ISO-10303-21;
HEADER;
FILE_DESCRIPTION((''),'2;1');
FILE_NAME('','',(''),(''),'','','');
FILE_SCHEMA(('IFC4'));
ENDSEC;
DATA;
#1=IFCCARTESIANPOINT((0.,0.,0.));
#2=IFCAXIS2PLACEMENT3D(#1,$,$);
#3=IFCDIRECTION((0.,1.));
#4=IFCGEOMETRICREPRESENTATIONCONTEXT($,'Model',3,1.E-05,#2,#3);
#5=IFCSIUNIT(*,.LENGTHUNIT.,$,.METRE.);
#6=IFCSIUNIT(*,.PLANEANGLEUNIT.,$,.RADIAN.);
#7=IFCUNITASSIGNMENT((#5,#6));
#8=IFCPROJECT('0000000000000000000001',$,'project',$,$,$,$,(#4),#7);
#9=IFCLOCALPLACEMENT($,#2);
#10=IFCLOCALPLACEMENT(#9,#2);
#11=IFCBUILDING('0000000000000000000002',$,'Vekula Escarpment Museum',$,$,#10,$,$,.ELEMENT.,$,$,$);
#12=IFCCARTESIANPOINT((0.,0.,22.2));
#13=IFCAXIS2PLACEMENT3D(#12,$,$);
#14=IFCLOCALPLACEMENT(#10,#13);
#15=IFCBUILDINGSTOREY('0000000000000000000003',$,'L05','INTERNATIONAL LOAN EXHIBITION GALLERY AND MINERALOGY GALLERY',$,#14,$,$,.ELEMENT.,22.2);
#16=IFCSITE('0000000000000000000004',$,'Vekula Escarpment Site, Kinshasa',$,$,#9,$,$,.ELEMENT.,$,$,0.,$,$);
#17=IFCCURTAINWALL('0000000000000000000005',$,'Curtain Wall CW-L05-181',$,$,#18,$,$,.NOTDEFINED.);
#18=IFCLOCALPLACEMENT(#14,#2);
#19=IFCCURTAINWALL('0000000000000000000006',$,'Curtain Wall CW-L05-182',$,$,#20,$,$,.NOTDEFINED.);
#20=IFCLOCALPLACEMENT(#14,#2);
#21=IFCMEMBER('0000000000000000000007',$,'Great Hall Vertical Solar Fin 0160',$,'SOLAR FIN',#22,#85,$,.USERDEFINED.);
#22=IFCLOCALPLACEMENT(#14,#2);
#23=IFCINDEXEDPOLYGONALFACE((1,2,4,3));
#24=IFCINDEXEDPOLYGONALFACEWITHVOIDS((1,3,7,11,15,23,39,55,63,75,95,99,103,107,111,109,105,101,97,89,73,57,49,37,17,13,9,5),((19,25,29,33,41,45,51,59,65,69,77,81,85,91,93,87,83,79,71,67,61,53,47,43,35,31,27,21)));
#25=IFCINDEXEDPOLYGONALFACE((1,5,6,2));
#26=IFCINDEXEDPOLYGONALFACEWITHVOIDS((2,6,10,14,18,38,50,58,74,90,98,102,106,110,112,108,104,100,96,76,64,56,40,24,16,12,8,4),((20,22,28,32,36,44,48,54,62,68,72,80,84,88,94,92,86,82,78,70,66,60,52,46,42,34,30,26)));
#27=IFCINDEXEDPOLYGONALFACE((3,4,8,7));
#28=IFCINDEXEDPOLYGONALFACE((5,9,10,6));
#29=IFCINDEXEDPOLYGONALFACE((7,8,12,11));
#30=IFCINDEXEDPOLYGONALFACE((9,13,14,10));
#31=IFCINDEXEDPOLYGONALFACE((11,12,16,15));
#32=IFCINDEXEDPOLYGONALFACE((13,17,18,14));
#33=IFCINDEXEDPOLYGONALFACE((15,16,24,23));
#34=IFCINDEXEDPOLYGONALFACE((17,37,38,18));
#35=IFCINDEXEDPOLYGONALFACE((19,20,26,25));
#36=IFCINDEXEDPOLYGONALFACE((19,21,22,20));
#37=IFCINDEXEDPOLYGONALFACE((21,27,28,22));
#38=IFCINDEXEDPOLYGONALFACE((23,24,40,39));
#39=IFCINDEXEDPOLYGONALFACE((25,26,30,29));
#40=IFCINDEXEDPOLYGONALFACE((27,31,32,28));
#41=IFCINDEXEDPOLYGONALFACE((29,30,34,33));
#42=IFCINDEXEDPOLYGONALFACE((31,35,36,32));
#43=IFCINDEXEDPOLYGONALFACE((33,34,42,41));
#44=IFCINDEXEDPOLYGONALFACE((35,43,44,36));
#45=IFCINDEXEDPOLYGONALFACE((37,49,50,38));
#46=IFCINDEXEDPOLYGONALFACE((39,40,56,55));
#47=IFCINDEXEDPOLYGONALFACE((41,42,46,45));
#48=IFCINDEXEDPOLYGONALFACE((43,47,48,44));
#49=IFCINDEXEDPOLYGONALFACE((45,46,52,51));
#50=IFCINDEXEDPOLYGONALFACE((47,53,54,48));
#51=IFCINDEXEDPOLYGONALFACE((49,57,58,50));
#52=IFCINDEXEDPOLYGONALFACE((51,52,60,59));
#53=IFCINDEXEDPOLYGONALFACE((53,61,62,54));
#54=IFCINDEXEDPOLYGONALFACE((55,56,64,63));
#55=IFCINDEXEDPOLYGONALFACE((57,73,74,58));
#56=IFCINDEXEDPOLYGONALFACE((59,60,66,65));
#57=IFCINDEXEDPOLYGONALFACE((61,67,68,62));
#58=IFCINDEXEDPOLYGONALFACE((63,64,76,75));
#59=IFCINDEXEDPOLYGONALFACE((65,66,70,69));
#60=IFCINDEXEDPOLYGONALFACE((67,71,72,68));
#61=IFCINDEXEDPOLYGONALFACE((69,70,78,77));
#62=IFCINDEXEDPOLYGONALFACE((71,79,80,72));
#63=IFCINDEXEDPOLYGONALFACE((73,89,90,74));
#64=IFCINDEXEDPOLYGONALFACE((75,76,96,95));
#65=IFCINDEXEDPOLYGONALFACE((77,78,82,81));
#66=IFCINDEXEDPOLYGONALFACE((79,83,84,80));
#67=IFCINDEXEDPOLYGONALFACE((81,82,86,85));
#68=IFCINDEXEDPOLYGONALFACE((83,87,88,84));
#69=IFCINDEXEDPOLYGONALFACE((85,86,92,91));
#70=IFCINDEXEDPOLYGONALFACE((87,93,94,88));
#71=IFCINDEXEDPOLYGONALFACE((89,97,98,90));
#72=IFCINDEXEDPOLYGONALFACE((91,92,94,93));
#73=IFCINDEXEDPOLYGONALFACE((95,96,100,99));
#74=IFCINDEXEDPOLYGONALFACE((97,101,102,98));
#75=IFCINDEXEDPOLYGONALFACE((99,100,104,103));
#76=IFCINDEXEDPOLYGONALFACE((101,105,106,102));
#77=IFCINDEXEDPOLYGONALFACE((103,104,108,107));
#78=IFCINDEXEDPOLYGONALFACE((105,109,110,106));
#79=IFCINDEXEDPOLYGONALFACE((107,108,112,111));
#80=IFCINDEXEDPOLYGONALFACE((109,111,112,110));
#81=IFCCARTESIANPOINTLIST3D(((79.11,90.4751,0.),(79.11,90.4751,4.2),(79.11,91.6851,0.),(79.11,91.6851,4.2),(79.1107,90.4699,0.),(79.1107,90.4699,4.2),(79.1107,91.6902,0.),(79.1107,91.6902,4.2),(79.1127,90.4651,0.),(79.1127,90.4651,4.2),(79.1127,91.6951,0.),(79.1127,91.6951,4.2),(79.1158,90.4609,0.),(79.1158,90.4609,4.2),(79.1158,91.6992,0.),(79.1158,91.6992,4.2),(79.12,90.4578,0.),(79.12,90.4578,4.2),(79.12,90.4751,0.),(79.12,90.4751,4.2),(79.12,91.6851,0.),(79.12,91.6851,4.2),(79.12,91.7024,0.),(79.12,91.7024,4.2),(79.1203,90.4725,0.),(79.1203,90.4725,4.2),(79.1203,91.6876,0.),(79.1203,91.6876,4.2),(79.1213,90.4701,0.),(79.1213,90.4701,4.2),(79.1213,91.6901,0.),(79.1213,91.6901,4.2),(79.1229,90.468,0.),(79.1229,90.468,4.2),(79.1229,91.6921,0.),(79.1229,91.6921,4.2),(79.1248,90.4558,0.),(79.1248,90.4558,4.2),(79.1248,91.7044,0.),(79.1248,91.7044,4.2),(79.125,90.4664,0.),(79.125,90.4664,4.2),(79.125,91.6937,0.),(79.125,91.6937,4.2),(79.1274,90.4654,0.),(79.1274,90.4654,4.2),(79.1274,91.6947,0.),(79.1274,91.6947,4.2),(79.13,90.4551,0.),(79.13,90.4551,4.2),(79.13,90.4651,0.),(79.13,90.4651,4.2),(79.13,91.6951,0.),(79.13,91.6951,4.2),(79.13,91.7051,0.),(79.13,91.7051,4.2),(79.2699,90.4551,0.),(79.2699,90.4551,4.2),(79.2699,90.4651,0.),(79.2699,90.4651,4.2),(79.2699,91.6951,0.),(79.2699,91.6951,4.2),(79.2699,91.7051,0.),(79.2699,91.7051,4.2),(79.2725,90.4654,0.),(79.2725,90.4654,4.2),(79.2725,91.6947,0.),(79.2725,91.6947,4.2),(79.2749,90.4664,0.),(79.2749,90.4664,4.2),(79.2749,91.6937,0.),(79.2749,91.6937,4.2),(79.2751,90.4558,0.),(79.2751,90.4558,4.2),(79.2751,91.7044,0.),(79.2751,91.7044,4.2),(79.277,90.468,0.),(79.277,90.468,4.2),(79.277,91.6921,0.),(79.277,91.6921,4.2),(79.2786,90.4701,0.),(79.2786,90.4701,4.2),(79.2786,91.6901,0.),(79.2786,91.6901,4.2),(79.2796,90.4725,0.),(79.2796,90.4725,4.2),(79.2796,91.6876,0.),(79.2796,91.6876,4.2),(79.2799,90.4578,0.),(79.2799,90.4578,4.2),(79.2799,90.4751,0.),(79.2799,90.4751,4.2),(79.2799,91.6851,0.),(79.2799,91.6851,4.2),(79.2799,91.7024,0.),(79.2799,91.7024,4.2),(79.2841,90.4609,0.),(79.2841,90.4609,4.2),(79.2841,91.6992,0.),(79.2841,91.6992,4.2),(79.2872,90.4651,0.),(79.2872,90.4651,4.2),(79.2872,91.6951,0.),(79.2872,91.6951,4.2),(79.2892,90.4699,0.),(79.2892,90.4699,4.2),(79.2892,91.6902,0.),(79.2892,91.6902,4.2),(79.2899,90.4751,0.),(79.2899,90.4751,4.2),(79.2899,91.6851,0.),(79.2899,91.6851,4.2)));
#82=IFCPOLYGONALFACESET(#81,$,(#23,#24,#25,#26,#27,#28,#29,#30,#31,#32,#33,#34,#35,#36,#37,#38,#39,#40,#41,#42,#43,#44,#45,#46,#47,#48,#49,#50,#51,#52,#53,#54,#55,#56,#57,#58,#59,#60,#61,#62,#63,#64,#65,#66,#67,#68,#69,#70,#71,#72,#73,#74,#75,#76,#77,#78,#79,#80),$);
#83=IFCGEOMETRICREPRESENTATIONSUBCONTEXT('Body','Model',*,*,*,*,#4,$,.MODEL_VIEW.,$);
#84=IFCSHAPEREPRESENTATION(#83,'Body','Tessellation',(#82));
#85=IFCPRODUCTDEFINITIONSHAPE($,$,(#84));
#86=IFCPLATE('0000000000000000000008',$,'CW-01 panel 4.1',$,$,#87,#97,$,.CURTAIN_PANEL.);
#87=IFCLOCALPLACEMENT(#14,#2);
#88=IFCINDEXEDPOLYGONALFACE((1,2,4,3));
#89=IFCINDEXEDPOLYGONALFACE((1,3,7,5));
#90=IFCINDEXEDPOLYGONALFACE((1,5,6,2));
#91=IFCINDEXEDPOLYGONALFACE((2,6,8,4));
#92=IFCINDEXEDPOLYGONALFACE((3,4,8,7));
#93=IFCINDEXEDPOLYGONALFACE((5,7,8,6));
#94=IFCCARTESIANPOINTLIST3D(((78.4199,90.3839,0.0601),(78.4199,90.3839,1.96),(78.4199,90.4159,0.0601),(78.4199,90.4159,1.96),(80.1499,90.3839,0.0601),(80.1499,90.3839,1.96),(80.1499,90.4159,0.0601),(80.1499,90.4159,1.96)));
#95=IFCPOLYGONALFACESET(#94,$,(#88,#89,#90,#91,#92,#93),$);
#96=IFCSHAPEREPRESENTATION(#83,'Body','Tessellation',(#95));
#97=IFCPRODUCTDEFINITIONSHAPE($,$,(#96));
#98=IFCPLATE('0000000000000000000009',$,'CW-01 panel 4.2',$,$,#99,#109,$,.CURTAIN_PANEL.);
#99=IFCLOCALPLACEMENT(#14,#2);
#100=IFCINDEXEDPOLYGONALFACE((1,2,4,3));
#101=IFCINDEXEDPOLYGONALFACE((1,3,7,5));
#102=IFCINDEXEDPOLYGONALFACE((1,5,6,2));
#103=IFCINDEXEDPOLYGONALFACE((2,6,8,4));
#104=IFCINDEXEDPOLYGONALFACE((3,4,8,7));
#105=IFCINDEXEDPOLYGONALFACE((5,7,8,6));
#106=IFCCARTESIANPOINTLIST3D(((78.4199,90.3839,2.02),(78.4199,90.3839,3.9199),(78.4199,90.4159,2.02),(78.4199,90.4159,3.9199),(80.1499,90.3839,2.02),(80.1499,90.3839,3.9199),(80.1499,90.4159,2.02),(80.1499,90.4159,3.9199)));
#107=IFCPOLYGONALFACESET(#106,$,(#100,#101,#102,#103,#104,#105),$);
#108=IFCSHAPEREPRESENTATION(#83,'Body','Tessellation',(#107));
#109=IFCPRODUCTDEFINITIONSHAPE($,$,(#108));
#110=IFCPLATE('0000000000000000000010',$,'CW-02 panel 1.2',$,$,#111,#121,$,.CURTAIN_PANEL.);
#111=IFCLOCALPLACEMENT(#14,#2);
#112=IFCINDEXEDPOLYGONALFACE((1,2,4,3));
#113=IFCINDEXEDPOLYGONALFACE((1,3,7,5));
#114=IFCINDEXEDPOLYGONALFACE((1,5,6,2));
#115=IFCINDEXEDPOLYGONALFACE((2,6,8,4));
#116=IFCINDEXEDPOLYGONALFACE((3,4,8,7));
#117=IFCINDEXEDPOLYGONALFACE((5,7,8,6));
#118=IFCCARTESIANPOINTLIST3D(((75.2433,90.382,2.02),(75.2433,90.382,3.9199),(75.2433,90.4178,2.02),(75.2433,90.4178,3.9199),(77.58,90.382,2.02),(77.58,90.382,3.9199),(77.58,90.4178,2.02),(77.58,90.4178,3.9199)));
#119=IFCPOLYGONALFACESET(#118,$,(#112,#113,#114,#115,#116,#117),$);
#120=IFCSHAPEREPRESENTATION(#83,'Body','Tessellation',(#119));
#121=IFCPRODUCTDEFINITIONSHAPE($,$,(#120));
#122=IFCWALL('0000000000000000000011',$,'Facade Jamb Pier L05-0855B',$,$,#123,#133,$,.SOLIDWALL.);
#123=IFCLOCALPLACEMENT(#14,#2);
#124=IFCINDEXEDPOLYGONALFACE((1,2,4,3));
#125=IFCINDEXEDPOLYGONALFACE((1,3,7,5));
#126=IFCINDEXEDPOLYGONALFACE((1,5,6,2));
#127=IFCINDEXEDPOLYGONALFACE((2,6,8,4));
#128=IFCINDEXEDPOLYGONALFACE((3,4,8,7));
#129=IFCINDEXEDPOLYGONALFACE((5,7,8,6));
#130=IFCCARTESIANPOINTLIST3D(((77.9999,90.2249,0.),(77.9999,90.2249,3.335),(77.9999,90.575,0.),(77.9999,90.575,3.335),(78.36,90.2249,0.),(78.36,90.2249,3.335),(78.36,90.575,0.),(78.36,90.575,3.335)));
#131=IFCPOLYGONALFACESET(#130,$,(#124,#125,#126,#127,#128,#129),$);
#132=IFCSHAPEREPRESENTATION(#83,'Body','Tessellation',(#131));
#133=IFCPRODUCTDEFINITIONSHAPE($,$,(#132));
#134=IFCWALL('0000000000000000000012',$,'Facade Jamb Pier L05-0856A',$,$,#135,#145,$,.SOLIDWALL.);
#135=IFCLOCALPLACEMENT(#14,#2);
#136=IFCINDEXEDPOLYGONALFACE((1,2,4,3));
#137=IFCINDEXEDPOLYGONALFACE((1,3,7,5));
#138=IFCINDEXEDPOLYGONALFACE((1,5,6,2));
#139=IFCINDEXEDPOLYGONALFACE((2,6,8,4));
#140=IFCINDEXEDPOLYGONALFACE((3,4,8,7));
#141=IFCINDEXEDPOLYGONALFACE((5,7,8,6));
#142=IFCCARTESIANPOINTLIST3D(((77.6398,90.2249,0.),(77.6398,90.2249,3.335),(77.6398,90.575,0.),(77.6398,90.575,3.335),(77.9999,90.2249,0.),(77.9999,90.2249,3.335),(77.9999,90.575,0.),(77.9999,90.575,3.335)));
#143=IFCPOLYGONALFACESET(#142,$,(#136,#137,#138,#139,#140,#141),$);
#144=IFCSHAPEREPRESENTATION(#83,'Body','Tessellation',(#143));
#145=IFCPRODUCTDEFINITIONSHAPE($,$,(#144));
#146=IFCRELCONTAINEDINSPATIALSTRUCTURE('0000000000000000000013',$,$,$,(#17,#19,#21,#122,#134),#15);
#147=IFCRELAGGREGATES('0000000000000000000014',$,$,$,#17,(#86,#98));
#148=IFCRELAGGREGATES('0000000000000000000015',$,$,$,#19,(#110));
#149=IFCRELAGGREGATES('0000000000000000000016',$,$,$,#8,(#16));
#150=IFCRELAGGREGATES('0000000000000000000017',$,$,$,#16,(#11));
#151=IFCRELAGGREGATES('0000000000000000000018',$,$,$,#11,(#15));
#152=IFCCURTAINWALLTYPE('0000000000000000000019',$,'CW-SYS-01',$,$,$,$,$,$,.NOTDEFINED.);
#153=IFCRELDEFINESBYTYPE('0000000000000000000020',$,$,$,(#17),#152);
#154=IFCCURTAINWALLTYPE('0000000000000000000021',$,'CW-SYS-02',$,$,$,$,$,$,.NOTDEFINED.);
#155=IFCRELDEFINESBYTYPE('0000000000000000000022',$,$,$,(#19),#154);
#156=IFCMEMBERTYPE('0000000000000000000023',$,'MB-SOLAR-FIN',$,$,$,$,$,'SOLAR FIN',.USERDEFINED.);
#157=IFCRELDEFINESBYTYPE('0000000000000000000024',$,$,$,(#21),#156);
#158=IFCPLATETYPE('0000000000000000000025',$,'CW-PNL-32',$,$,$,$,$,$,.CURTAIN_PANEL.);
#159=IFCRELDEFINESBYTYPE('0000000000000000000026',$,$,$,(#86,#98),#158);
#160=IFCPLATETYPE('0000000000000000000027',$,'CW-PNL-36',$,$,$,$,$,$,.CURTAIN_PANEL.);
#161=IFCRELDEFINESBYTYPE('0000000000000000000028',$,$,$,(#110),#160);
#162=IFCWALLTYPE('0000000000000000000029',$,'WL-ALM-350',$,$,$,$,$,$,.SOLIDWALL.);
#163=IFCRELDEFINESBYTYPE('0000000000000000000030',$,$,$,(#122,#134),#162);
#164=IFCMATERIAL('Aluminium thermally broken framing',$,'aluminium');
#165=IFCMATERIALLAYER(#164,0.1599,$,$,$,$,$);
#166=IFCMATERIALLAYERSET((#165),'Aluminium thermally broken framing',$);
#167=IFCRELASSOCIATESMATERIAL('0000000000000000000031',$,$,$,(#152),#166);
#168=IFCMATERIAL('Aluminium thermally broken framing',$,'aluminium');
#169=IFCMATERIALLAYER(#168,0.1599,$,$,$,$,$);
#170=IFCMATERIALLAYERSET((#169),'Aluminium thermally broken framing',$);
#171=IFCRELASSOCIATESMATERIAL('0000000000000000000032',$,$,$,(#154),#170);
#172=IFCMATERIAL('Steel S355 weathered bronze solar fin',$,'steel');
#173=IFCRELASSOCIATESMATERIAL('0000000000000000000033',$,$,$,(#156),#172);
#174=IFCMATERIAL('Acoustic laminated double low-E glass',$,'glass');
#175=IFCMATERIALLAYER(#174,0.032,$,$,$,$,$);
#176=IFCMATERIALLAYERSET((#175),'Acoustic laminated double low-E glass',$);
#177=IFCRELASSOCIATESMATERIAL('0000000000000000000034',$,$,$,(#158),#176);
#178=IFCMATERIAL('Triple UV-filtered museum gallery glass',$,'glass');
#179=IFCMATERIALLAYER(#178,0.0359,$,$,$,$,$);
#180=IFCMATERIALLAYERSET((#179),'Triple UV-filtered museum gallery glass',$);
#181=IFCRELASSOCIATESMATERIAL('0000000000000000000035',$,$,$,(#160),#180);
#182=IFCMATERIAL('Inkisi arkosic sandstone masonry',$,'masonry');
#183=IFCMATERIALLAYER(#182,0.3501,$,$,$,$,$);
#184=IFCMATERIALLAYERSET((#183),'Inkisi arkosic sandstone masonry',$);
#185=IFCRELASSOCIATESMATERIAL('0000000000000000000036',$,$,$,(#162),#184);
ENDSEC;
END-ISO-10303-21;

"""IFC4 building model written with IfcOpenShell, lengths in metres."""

from ifc_helpers import new_model, si_unit, direction, frame, frame_2d, origin, origin_2d, place, context, subcontext, project, spatial, rectangle, hollow_rectangle, extrude, material, layer, layer_set, material_profile, profile_set, type_object, element, aggregate, save


model = new_model("IFC4")

# Units and contexts
model_context = context("Model", 3, precision=1e-05, world=origin(), true_north=direction((0.0, 1.0)))
body_context = subcontext(model_context, "Body", "Model", "MODEL_VIEW")
ifc_project = project(units=[si_unit("LENGTHUNIT", "METRE"), si_unit("PLANEANGLEUNIT", "RADIAN")], contexts=[model_context])

# Site, building, storey
site_placement = place(None, origin())
site = spatial("IfcSite", under=ifc_project, at=site_placement, Name="Vekula Escarpment Site, Kinshasa", CompositionType="ELEMENT", RefElevation=0.0)
building_placement = place(site_placement, origin())
building = spatial("IfcBuilding", under=site, at=building_placement, Name="Vekula Escarpment Museum", CompositionType="ELEMENT")
storey_placement = place(building_placement, frame((0.0, 0.0, 22.2)))
storey = spatial("IfcBuildingStorey", under=building, at=storey_placement, Name="L05", Description="INTERNATIONAL LOAN EXHIBITION GALLERY AND MINERALOGY GALLERY", CompositionType="ELEMENT", Elevation=22.2)

# Curtain walls
ifc_material_1 = material(Name="Aluminium thermally broken framing", Category="aluminium")
ifc_layer_1 = layer(ifc_material_1, 0.1599)
ifc_layer_set_1 = layer_set([ifc_layer_1], Name="Aluminium thermally broken framing")
curtain_wall_type_1 = type_object("IfcCurtainWallType", Name="CW-SYS-01", PredefinedType="NOTDEFINED", material=ifc_layer_set_1)
curtain_wall_1_placement = place(storey_placement, origin())
curtain_wall_1 = element("IfcCurtainWall", 1, at=curtain_wall_1_placement, inside=storey, type_object=curtain_wall_type_1, Name="Curtain Wall CW-L05-181", PredefinedType="NOTDEFINED")
ifc_material_2 = material(Name="Aluminium thermally broken framing", Category="aluminium")
ifc_layer_2 = layer(ifc_material_2, 0.1599)
ifc_layer_set_2 = layer_set([ifc_layer_2], Name="Aluminium thermally broken framing")
curtain_wall_type_2 = type_object("IfcCurtainWallType", Name="CW-SYS-02", PredefinedType="NOTDEFINED", material=ifc_layer_set_2)
curtain_wall_2_placement = place(storey_placement, origin())
curtain_wall_2 = element("IfcCurtainWall", 2, at=curtain_wall_2_placement, inside=storey, type_object=curtain_wall_type_2, Name="Curtain Wall CW-L05-182", PredefinedType="NOTDEFINED")

# Member
ifc_material_3 = material(Name="Steel S355 weathered bronze solar fin", Category="steel")
ifc_material_profile_1 = material_profile(ifc_material_3, hollow_rectangle(XDim=0.1799, YDim=1.25, WallThickness=0.01, InnerFilletRadius=0.01, OuterFilletRadius=0.02, at=origin_2d()), Name="RHS 1250x180x10")
ifc_profile_set_1 = profile_set([ifc_material_profile_1], Name="Steel S355 weathered bronze solar fin")
member_type_1 = type_object("IfcMemberType", Name="MB-SOLAR-FIN", ElementType="SOLAR FIN", PredefinedType="USERDEFINED", material=ifc_profile_set_1)
for number, where, z_axis, x_axis, name in (
    (3, (79.2, 91.0801, 0.0), (0.0, 0.0, 1.0), (1.0, 0.0, 0.0), "Great Hall Vertical Solar Fin 0160"),
):
    element("IfcMember", number, at=place(storey_placement, frame(where, z_axis=z_axis, x_axis=x_axis)), inside=storey, type_object=member_type_1, Name=name, ObjectType="SOLAR FIN", PredefinedType="USERDEFINED", context=body_context, shape_type="SweptSolid", body=[
        extrude(hollow_rectangle(XDim=0.1799, YDim=1.25, WallThickness=0.01, InnerFilletRadius=0.01, OuterFilletRadius=0.02, at=origin_2d()), origin(), (0.0, 0.0, 1.0), 4.2),
    ])

# Plates
ifc_material_4 = material(Name="Acoustic laminated double low-E glass", Category="glass")
ifc_layer_3 = layer(ifc_material_4, 0.032)
ifc_layer_set_3 = layer_set([ifc_layer_3], Name="Acoustic laminated double low-E glass")
plate_type_1 = type_object("IfcPlateType", Name="CW-PNL-32", PredefinedType="CURTAIN_PANEL", material=ifc_layer_set_3)
plate_1_placement = place(storey_placement, frame((79.2849, 90.3999, 0.0601), z_axis=(0.0, 0.0, 1.0), x_axis=(-1.0, 0.0, 0.0)))
plate_1 = element("IfcPlate", 4, at=plate_1_placement, type_object=plate_type_1, Name="CW-01 panel 4.1", PredefinedType="CURTAIN_PANEL", context=body_context, shape_type="SweptSolid", body=[
    extrude(rectangle(XDim=1.73, YDim=0.032, at=origin_2d()), origin(), (0.0, 0.0, 1.0), 1.8999),
])
plate_2_placement = place(storey_placement, frame((79.2849, 90.3999, 2.02), z_axis=(0.0, 0.0, 1.0), x_axis=(-1.0, 0.0, 0.0)))
plate_2 = element("IfcPlate", 5, at=plate_2_placement, type_object=plate_type_1, Name="CW-01 panel 4.2", PredefinedType="CURTAIN_PANEL", context=body_context, shape_type="SweptSolid", body=[
    extrude(rectangle(XDim=1.73, YDim=0.032, at=origin_2d()), origin(), (0.0, 0.0, 1.0), 1.8999),
])
aggregate(curtain_wall_1, [plate_1, plate_2])
ifc_material_5 = material(Name="Triple UV-filtered museum gallery glass", Category="glass")
ifc_layer_4 = layer(ifc_material_5, 0.0359)
ifc_layer_set_4 = layer_set([ifc_layer_4], Name="Triple UV-filtered museum gallery glass")
plate_type_2 = type_object("IfcPlateType", Name="CW-PNL-36", PredefinedType="CURTAIN_PANEL", material=ifc_layer_set_4)
plate_3_placement = place(storey_placement, frame((76.4116, 90.3999, 2.02), z_axis=(0.0, 0.0, 1.0), x_axis=(-1.0, 0.0, 0.0)))
plate_3 = element("IfcPlate", 6, at=plate_3_placement, type_object=plate_type_2, Name="CW-02 panel 1.2", PredefinedType="CURTAIN_PANEL", context=body_context, shape_type="SweptSolid", body=[
    extrude(rectangle(XDim=2.3367, YDim=0.0359, at=origin_2d()), origin(), (0.0, 0.0, 1.0), 1.8999),
])
aggregate(curtain_wall_2, [plate_3])

# Walls
ifc_material_6 = material(Name="Inkisi arkosic sandstone masonry", Category="masonry")
ifc_layer_5 = layer(ifc_material_6, 0.3501)
ifc_layer_set_5 = layer_set([ifc_layer_5], Name="Inkisi arkosic sandstone masonry")
wall_type = type_object("IfcWallType", Name="WL-ALM-350", PredefinedType="SOLIDWALL", material=ifc_layer_set_5)
for number, where, z_axis, x_axis, name in (
    (7, (78.3601, 90.3999, 0.0), (0.0, 0.0, 1.0), (-1.0, 0.0, 0.0), "Facade Jamb Pier L05-0855B"),
    (8, (78.0, 90.3999, 0.0), (0.0, 0.0, 1.0), (-1.0, 0.0, 0.0), "Facade Jamb Pier L05-0856A"),
):
    element("IfcWall", number, at=place(storey_placement, frame(where, z_axis=z_axis, x_axis=x_axis)), inside=storey, type_object=wall_type, Name=name, PredefinedType="SOLIDWALL", context=body_context, shape_type="SweptSolid", body=[
        extrude(rectangle(XDim=0.3601, YDim=0.3501, at=frame_2d((0.1802, 0.0))), origin(), (0.0, 0.0, 1.0), 3.335),
    ])

save(model, "model.ifc")
